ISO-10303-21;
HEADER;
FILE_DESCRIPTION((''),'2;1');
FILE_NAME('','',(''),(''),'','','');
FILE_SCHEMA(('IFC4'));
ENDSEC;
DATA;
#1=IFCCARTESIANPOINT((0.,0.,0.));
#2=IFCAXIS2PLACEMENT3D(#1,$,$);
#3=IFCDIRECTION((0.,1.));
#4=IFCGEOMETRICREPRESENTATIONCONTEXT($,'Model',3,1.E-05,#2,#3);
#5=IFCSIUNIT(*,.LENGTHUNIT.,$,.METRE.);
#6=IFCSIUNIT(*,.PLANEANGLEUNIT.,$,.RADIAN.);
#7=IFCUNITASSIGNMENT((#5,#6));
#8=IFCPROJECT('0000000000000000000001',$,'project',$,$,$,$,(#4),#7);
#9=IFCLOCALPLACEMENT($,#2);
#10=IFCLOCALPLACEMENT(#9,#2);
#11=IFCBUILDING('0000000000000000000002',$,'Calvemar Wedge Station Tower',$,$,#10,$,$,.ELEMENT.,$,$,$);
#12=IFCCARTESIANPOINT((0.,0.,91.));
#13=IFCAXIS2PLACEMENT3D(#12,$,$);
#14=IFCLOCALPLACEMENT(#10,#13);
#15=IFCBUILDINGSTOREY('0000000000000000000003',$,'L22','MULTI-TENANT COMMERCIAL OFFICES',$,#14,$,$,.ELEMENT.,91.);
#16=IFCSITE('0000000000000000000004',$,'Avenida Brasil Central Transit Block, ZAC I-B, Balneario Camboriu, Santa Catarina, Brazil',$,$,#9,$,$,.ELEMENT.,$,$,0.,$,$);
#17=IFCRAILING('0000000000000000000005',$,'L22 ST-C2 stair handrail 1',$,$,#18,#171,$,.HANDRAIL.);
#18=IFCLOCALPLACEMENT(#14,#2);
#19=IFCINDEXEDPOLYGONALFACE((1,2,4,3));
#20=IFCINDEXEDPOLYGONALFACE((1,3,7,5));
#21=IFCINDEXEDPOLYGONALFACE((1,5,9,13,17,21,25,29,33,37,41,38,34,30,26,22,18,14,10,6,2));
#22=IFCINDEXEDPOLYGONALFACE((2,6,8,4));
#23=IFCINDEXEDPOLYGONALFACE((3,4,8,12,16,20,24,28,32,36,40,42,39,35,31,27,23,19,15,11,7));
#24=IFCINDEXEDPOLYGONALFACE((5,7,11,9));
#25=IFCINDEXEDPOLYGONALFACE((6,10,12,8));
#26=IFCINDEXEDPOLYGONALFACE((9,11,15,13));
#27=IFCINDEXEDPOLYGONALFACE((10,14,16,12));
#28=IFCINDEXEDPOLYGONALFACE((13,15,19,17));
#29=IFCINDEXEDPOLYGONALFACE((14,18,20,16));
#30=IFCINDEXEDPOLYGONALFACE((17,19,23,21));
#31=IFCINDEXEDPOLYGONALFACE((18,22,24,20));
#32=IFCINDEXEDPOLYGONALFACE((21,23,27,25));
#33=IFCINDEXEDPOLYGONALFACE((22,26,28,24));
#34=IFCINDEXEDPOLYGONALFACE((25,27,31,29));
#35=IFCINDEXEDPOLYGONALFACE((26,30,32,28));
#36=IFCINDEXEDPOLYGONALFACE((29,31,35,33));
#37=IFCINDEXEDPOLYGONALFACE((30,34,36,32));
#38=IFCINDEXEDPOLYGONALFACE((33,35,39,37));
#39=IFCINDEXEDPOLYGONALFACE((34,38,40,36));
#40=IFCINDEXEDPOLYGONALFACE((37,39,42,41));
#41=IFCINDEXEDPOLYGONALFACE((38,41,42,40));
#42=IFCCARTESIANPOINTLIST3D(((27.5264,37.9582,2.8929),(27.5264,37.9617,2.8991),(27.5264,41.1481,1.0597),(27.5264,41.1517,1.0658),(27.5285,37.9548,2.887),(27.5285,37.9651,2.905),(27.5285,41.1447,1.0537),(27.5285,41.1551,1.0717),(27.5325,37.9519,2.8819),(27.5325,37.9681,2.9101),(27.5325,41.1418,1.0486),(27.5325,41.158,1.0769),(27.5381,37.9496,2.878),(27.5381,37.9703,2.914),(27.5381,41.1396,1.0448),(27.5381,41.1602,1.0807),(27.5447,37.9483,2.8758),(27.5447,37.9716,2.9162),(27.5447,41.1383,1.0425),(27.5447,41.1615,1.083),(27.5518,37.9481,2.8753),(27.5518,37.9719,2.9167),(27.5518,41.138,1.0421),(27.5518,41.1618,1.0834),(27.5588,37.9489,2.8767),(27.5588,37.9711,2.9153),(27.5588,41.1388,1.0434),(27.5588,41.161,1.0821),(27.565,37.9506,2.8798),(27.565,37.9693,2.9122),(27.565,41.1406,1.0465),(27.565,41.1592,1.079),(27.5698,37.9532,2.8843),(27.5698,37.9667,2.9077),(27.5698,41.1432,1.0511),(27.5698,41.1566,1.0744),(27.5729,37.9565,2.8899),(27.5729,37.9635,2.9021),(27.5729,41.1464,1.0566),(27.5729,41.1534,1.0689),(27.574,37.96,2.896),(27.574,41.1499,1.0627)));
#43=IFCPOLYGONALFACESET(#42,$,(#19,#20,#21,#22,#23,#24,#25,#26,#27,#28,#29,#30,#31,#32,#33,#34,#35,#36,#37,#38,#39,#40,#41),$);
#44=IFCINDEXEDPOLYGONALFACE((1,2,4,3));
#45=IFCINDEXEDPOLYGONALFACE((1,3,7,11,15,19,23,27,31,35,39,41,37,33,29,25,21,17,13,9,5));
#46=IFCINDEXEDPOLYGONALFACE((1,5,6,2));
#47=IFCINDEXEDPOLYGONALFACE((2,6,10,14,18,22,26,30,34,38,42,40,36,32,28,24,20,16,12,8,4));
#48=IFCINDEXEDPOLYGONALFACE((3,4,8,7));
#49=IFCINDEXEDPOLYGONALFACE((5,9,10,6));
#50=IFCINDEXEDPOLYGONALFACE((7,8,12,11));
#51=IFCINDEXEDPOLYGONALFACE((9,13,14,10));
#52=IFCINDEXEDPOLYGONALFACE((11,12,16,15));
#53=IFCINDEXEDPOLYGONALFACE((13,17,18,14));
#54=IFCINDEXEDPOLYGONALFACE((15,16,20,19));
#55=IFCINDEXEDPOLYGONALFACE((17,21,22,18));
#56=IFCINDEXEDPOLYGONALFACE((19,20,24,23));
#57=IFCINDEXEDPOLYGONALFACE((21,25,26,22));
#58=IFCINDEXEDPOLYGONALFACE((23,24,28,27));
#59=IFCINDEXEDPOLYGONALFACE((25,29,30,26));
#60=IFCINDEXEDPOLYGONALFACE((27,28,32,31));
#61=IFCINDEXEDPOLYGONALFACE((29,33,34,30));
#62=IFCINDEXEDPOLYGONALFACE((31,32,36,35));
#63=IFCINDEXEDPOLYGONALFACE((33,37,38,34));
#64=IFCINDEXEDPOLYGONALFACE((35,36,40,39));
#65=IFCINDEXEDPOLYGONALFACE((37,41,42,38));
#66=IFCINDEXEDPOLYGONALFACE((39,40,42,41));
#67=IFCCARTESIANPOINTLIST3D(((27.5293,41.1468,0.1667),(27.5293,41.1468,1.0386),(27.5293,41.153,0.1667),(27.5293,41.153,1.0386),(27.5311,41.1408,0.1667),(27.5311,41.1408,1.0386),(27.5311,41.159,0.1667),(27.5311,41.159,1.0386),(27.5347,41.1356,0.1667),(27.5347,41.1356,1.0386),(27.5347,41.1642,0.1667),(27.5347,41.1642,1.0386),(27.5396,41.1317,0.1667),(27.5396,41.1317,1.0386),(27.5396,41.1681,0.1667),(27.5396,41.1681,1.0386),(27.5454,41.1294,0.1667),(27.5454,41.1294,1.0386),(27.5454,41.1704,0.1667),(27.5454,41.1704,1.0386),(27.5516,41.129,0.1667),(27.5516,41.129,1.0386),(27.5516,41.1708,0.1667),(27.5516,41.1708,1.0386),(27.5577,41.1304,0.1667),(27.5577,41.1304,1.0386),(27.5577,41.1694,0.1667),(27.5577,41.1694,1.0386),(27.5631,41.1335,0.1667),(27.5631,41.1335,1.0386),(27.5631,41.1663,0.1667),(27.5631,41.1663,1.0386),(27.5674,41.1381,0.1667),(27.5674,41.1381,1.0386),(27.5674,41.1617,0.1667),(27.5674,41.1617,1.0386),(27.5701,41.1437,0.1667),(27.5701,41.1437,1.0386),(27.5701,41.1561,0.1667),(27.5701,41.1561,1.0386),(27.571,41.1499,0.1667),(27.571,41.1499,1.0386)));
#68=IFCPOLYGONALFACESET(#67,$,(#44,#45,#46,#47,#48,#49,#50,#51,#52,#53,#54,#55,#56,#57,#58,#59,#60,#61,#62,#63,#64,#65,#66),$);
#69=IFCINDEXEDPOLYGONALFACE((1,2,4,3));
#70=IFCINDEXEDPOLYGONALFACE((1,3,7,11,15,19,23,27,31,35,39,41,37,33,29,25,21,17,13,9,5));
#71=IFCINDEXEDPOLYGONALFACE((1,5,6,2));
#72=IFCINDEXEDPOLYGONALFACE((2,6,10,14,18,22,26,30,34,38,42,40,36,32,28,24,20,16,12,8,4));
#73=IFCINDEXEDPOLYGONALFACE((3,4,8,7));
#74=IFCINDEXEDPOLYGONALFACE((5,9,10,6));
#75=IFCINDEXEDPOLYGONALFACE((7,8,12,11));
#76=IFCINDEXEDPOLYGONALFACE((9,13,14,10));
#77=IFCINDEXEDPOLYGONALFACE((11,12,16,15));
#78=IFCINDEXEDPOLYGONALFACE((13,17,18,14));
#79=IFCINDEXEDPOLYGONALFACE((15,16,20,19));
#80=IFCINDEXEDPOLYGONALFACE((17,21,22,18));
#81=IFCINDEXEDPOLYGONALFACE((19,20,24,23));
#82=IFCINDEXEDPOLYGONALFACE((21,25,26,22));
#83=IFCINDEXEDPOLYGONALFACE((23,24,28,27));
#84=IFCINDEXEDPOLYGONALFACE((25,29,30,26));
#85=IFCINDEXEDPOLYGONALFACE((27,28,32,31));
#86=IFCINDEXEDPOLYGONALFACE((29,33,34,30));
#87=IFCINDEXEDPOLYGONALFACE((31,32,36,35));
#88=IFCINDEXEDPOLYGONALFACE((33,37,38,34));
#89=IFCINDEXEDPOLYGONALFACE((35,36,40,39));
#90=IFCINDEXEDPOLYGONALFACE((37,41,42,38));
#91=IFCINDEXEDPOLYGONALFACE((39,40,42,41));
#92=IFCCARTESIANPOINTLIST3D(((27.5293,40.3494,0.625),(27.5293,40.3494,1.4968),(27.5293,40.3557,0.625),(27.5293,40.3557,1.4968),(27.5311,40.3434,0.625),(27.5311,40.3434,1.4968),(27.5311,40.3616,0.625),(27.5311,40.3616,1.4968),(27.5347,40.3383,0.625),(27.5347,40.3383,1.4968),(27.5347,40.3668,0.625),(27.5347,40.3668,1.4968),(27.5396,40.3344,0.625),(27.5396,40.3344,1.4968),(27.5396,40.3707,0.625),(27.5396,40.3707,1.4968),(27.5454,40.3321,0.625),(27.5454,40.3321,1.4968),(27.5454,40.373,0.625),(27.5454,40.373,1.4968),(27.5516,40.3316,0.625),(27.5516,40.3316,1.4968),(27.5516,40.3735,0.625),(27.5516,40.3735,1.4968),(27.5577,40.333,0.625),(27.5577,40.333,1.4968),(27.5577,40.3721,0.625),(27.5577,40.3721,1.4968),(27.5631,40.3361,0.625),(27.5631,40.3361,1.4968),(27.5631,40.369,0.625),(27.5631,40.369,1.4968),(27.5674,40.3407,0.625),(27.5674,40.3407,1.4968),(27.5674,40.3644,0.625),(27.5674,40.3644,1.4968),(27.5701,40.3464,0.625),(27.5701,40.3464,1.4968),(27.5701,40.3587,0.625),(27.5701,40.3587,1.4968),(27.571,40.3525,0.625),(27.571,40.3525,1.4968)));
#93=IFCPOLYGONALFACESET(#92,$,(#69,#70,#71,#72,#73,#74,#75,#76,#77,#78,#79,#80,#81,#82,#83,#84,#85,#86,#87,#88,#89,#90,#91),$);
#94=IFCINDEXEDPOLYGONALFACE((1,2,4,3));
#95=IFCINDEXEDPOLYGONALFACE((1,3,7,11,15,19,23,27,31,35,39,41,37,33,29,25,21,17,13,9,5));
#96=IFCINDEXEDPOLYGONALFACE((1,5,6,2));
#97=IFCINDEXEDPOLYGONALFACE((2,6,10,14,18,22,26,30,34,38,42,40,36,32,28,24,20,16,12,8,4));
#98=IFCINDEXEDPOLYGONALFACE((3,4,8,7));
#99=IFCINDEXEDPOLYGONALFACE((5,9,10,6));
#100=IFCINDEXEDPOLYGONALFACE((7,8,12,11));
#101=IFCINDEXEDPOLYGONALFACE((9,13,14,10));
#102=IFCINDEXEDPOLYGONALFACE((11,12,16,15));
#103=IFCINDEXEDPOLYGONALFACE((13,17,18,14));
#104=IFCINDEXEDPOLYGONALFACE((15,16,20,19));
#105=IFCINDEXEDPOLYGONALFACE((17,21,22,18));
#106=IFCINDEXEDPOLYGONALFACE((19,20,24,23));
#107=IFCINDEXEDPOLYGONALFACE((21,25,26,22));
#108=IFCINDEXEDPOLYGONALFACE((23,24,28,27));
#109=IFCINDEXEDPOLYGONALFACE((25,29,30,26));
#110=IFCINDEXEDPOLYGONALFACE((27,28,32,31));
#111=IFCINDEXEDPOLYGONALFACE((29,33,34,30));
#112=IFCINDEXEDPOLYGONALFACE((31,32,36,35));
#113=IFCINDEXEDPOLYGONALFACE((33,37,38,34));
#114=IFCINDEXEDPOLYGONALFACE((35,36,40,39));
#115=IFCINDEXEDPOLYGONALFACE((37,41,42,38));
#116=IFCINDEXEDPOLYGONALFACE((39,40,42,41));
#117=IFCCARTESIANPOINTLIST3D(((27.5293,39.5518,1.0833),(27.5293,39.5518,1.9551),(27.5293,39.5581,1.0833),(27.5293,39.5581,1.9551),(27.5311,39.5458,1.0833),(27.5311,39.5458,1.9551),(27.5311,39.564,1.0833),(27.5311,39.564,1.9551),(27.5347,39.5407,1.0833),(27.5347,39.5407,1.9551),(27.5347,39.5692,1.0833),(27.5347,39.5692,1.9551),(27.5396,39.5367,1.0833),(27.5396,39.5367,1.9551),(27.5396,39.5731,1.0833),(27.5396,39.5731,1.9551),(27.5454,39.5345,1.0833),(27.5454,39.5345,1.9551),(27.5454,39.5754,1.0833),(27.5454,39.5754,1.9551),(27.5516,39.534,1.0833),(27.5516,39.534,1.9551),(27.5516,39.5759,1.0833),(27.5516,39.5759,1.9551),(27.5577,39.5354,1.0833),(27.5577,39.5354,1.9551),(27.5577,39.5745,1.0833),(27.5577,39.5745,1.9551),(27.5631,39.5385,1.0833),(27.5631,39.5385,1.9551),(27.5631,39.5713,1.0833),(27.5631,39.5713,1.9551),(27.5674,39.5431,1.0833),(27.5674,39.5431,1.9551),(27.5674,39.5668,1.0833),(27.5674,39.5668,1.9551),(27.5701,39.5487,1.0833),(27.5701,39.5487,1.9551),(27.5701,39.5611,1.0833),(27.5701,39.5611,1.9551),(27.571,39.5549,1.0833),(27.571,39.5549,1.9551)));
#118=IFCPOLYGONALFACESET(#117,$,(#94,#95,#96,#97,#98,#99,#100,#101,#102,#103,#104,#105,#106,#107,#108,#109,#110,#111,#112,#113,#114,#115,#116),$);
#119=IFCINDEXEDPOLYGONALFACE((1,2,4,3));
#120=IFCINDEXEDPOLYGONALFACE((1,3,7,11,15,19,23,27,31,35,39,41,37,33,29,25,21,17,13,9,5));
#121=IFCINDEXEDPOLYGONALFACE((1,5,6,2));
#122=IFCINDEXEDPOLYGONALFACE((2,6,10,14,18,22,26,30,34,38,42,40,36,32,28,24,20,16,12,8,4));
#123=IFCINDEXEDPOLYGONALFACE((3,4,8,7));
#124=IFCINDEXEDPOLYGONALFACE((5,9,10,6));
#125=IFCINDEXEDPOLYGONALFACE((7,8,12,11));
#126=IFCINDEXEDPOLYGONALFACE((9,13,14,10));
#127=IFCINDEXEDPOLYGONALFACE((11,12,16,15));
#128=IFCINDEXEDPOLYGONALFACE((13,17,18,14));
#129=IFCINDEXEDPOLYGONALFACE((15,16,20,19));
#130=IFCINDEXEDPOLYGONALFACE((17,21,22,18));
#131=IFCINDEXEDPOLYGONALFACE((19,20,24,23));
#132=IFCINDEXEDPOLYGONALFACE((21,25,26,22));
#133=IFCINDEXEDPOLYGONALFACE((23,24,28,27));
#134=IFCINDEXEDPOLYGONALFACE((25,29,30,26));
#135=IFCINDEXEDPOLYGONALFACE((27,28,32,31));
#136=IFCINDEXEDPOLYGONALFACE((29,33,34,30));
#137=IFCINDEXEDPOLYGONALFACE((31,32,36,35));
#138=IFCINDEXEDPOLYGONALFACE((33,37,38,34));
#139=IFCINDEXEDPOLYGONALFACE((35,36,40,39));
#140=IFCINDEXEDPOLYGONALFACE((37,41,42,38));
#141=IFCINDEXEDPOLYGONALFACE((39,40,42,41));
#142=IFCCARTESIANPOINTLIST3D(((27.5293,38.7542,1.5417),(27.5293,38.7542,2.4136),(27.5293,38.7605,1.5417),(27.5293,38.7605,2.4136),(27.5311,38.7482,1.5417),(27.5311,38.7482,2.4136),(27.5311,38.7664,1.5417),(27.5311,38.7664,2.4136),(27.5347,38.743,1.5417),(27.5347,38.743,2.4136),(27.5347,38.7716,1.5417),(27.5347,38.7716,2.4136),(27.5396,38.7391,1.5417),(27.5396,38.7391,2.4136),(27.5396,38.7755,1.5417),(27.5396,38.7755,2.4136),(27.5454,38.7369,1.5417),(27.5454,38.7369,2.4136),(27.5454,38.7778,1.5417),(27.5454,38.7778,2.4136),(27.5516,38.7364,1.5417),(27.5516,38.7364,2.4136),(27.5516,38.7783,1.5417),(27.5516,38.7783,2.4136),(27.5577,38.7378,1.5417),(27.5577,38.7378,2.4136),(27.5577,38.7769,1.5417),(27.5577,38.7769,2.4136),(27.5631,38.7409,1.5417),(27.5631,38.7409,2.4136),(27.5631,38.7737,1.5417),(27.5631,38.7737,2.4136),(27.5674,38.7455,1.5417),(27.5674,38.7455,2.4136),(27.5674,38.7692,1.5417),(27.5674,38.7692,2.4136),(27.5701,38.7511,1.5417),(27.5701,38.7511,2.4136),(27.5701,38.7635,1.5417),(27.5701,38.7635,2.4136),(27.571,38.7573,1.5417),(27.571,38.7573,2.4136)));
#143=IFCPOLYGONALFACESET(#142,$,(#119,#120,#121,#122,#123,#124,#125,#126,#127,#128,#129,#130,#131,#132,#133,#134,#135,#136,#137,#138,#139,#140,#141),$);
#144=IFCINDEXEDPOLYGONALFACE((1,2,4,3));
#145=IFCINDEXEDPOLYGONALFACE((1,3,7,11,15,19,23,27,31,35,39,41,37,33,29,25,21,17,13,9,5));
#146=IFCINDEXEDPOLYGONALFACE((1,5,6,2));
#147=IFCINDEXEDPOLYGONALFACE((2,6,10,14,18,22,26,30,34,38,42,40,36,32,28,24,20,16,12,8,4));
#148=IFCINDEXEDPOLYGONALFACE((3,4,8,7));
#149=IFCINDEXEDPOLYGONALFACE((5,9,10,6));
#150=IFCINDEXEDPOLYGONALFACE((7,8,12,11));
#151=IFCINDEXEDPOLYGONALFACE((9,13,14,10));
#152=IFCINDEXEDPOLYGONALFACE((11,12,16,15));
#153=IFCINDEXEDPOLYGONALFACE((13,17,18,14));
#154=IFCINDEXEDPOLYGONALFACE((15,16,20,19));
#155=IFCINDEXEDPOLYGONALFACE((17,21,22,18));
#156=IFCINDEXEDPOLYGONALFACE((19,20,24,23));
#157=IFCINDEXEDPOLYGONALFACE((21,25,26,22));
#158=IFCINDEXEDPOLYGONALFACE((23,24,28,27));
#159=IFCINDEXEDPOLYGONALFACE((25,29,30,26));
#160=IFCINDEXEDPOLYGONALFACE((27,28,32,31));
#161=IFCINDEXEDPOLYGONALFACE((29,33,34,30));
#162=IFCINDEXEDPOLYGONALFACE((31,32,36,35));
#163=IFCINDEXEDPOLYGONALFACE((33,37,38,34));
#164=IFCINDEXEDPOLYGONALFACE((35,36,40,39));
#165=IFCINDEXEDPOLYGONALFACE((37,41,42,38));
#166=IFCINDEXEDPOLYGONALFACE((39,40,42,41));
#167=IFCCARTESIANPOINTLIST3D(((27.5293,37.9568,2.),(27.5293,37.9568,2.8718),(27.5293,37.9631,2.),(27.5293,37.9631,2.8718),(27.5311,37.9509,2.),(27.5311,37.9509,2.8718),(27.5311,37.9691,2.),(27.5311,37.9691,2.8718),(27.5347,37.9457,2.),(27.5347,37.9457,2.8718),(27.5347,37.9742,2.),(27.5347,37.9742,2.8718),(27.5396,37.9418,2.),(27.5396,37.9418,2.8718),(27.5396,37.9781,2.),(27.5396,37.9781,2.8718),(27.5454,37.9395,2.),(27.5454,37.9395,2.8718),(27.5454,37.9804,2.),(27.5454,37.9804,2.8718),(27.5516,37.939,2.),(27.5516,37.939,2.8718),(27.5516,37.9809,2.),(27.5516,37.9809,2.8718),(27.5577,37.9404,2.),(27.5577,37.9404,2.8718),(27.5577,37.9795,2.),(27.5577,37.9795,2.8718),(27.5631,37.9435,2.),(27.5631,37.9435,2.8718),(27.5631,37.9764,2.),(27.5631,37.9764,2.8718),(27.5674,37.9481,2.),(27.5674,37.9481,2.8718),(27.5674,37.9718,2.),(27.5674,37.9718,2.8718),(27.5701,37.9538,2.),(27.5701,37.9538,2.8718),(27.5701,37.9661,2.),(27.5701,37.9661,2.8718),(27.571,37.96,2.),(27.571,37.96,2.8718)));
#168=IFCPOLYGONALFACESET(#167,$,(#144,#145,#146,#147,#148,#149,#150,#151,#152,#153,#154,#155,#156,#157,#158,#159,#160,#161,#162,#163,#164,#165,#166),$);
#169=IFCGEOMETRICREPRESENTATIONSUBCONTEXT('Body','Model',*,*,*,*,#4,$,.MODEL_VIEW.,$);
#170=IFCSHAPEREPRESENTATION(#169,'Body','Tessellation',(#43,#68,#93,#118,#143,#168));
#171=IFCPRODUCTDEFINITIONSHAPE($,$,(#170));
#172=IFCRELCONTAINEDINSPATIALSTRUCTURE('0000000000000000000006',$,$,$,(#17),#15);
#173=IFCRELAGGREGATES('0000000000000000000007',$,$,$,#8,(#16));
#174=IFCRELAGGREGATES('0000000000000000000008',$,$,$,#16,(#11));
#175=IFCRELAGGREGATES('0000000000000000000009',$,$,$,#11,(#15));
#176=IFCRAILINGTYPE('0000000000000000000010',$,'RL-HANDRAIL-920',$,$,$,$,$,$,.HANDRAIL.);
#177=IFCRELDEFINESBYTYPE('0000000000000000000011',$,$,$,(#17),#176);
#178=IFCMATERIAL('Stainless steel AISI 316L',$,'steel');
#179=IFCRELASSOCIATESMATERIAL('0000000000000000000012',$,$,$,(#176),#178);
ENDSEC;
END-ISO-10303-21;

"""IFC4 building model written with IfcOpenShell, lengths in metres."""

from ifc_helpers import new_model, si_unit, direction, frame, origin, origin_2d, place, context, subcontext, project, spatial, circle, extrude, material, type_object, element, save


model = new_model("IFC4")

# Units and contexts
model_context = context("Model", 3, precision=1e-05, world=origin(), true_north=direction((0.0, 1.0)))
body_context = subcontext(model_context, "Body", "Model", "MODEL_VIEW")
ifc_project = project(units=[si_unit("LENGTHUNIT", "METRE"), si_unit("PLANEANGLEUNIT", "RADIAN")], contexts=[model_context])

# Site, building, storey
site_placement = place(None, origin())
site = spatial("IfcSite", under=ifc_project, at=site_placement, Name="Avenida Brasil Central Transit Block, ZAC I-B, Balneario Camboriu, Santa Catarina, Brazil", CompositionType="ELEMENT", RefElevation=0.0)
building_placement = place(site_placement, origin())
building = spatial("IfcBuilding", under=site, at=building_placement, Name="Calvemar Wedge Station Tower", CompositionType="ELEMENT")
storey_placement = place(building_placement, frame((0.0, 0.0, 91.0)))
storey = spatial("IfcBuildingStorey", under=building, at=storey_placement, Name="L22", Description="MULTI-TENANT COMMERCIAL OFFICES", CompositionType="ELEMENT", Elevation=91.0)

# Railing
ifc_material_1 = material(Name="Stainless steel AISI 316L", Category="steel")
railing_type_1 = type_object("IfcRailingType", Name="RL-HANDRAIL-920", PredefinedType="HANDRAIL", material=ifc_material_1)
railing_1_placement = place(storey_placement, frame((27.55, 41.1499, 0.1667)))
element("IfcRailing", 1, at=railing_1_placement, inside=storey, type_object=railing_type_1, Name="L22 ST-C2 stair handrail 1", PredefinedType="HANDRAIL", context=body_context, shape_type="SweptSolid", body=[
    extrude(circle(Radius=0.0239, at=origin_2d()), frame((0.0, 0.0, 0.896), z_axis=(0.0, -0.86702, 0.498274), x_axis=(1.0, 0.0, 0.0)), (0.0, 0.0, 1.0), 3.6792),
    extrude(circle(Radius=0.021, at=origin_2d()), origin(), (0.0, 0.0, 1.0), 0.8718),
    extrude(circle(Radius=0.021, at=origin_2d()), frame((0.0, -0.7974, 0.4583)), (0.0, 0.0, 1.0), 0.8718),
    extrude(circle(Radius=0.021, at=origin_2d()), frame((0.0, -1.595, 0.9165)), (0.0, 0.0, 1.0), 0.8718),
    extrude(circle(Radius=0.021, at=origin_2d()), frame((0.0, -2.3926, 1.375)), (0.0, 0.0, 1.0), 0.8718),
    extrude(circle(Radius=0.021, at=origin_2d()), frame((0.0, -3.1899, 1.8333)), (0.0, 0.0, 1.0), 0.8718),
])

save(model, "model.ifc")
